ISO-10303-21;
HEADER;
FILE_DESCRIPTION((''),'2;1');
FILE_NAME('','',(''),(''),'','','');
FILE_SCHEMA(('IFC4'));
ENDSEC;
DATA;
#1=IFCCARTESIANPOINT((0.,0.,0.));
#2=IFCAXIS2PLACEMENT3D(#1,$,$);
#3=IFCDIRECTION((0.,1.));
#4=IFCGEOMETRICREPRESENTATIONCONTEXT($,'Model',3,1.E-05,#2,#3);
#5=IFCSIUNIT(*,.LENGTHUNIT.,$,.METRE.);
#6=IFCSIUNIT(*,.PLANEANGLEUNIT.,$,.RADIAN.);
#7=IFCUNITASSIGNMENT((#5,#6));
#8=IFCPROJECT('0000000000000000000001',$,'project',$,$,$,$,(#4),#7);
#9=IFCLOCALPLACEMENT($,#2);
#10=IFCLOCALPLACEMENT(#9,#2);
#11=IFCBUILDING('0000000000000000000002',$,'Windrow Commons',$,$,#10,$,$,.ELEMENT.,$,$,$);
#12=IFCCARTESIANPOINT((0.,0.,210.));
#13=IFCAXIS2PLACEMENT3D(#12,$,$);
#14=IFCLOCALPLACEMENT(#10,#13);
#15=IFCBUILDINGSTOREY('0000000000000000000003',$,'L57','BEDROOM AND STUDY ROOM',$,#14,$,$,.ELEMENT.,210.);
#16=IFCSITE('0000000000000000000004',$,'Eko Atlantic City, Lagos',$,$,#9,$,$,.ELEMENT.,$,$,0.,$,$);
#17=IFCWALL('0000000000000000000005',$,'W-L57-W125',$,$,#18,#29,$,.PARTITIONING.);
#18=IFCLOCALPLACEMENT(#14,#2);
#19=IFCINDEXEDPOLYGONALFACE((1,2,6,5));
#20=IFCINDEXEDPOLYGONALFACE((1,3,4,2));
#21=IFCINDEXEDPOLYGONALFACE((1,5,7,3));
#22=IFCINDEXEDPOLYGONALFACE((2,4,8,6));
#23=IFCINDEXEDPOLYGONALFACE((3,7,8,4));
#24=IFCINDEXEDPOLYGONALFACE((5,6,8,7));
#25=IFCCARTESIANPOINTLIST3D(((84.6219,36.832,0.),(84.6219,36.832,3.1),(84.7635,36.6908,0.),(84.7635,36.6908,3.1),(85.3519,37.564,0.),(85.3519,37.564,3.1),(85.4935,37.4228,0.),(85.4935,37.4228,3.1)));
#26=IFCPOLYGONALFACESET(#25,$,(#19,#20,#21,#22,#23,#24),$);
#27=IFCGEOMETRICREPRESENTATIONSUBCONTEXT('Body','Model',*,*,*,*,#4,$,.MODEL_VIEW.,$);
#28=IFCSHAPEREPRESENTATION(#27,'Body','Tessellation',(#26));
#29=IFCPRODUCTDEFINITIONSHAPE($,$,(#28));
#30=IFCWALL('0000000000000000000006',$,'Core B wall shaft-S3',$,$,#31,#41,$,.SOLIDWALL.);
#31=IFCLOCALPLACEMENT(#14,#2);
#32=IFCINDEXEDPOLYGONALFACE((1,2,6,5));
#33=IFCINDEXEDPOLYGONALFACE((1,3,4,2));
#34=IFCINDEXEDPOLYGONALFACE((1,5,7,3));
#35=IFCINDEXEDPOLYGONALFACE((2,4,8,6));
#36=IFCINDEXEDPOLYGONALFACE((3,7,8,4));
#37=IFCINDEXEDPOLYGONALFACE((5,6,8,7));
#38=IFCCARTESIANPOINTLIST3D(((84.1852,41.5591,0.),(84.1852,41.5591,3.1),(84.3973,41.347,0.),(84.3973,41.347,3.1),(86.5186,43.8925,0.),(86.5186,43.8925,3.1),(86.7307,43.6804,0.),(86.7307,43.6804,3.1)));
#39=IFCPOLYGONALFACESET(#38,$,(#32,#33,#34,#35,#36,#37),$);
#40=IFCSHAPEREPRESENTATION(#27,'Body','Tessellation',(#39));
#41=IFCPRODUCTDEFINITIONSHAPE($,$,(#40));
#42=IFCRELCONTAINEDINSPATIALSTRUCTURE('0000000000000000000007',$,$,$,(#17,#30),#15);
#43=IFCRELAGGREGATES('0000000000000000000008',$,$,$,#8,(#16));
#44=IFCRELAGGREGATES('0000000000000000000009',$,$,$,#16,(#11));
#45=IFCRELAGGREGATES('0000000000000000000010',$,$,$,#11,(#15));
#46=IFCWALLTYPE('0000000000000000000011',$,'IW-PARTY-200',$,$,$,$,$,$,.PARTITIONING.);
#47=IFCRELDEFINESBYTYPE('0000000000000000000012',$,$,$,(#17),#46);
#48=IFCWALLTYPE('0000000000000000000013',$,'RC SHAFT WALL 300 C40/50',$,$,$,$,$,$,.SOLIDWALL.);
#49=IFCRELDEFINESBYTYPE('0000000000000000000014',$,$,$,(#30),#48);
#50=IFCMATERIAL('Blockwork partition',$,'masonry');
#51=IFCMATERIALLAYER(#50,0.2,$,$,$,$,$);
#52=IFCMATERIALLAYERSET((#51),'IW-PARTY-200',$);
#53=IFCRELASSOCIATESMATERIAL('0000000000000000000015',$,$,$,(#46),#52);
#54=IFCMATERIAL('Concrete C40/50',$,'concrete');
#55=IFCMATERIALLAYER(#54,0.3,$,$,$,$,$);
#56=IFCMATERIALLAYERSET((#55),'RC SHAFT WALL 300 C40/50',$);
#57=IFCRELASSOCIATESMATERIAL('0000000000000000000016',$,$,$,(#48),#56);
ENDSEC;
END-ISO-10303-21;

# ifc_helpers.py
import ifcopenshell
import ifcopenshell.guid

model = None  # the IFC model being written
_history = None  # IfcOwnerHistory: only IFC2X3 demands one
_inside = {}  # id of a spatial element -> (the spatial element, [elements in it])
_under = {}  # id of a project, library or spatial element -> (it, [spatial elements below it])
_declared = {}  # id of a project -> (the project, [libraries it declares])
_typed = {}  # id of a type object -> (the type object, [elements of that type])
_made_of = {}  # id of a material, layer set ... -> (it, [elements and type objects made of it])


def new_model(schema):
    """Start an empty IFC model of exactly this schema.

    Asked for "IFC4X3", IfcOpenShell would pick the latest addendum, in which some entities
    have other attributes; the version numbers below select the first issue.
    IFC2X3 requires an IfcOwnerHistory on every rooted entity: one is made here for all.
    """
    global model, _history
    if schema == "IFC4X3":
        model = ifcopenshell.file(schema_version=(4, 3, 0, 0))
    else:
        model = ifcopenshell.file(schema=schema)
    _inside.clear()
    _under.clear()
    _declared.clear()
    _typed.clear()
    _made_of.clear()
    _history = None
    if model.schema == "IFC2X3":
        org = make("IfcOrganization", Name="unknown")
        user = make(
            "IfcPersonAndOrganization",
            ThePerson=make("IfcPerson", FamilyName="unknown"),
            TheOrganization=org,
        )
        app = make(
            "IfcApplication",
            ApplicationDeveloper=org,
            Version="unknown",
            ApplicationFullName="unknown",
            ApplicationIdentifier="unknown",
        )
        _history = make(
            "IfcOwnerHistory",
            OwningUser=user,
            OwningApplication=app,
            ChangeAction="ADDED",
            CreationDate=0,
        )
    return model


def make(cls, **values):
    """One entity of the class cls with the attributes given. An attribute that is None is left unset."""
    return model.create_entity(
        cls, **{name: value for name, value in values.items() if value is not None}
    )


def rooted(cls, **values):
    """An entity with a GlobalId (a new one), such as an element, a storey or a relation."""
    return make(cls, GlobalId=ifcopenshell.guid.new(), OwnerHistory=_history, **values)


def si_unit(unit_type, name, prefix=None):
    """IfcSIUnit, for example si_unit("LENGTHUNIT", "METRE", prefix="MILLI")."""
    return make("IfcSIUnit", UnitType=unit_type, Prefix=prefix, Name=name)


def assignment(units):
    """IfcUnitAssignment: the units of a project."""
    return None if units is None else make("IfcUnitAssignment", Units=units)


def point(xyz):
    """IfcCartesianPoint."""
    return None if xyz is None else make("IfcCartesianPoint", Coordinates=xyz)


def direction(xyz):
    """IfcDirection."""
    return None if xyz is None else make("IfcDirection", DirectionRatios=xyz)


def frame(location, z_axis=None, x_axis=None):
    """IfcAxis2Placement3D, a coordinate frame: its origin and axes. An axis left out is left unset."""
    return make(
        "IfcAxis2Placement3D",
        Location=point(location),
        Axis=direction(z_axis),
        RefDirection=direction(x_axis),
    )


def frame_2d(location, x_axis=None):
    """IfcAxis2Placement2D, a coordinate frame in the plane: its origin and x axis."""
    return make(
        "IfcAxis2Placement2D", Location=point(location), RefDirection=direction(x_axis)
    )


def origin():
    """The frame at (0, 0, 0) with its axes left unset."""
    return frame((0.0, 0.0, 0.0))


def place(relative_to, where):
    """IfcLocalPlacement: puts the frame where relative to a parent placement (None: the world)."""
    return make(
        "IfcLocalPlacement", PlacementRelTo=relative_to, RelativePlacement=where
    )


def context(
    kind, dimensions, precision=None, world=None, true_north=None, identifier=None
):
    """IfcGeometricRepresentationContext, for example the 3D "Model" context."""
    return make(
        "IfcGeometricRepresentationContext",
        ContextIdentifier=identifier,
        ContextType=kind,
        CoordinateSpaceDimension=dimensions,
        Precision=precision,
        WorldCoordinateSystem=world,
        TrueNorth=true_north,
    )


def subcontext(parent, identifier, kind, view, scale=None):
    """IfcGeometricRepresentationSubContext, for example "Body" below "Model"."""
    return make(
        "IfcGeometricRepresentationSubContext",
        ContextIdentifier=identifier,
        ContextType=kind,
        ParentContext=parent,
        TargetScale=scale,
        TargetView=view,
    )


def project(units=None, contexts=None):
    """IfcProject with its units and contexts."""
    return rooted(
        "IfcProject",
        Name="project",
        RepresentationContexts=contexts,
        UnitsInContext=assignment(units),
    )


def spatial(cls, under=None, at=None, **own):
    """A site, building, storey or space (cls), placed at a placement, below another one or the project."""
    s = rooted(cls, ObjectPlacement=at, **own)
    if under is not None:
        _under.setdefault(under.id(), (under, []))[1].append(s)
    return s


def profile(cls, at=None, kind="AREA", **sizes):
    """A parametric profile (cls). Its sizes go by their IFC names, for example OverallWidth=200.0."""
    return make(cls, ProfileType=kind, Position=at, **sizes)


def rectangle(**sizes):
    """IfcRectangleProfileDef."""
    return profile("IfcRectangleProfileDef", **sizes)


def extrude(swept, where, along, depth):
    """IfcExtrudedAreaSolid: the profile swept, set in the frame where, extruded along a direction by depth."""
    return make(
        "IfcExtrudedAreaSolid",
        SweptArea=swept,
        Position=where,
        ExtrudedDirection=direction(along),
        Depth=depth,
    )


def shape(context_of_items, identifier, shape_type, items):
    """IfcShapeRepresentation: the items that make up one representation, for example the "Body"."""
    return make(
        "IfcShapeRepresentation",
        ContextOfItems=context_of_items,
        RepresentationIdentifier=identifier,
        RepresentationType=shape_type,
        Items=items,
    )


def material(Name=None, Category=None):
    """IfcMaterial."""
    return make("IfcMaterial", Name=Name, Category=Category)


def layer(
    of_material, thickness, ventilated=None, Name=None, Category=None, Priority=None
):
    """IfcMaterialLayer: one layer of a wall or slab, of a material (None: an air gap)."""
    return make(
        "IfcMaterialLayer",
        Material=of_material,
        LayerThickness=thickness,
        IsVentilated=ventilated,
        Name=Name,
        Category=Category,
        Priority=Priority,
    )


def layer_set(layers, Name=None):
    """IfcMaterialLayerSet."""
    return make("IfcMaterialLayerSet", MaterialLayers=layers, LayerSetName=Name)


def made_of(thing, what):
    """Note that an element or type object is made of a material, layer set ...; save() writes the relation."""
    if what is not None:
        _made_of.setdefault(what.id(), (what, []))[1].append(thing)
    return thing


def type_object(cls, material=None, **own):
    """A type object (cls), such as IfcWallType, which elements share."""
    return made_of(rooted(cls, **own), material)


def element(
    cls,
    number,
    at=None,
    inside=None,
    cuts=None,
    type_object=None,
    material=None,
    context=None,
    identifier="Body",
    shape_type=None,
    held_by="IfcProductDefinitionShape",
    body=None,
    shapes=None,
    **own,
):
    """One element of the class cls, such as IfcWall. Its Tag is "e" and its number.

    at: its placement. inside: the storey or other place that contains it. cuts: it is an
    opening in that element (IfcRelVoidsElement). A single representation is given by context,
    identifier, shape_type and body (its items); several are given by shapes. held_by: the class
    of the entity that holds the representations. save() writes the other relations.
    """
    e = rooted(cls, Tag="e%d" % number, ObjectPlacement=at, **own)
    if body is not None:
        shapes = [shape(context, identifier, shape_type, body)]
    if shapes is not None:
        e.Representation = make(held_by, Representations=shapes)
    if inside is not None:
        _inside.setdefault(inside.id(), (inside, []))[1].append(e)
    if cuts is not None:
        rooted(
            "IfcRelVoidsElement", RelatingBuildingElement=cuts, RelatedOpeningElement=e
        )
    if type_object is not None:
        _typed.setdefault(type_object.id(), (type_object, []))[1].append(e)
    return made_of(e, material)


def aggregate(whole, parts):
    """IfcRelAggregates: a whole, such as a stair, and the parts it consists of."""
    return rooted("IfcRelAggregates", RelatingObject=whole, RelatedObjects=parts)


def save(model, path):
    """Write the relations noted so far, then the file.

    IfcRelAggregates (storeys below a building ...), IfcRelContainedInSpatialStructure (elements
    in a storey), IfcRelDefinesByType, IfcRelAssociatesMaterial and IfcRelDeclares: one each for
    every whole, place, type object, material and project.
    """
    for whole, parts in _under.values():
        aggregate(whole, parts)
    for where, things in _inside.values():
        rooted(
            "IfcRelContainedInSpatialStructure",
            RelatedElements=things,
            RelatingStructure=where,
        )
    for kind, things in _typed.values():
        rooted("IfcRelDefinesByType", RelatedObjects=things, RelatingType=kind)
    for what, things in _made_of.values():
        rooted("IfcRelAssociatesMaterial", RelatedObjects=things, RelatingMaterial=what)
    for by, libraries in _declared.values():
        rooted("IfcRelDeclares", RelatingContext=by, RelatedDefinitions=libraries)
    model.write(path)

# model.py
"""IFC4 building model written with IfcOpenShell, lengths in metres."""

from ifc_helpers import new_model, si_unit, direction, frame, frame_2d, origin, place, context, subcontext, project, spatial, rectangle, extrude, material, layer, layer_set, type_object, element, save


model = new_model("IFC4")

# Units and contexts
model_context = context("Model", 3, precision=1e-05, world=origin(), true_north=direction((0.0, 1.0)))
body_context = subcontext(model_context, "Body", "Model", "MODEL_VIEW")
ifc_project = project(units=[si_unit("LENGTHUNIT", "METRE"), si_unit("PLANEANGLEUNIT", "RADIAN")], contexts=[model_context])

# Site, building, storey
site_placement = place(None, origin())
site = spatial("IfcSite", under=ifc_project, at=site_placement, Name="Eko Atlantic City, Lagos", CompositionType="ELEMENT", RefElevation=0.0)
building_placement = place(site_placement, origin())
building = spatial("IfcBuilding", under=site, at=building_placement, Name="Windrow Commons", CompositionType="ELEMENT")
storey_placement = place(building_placement, frame((0.0, 0.0, 210.0)))
storey = spatial("IfcBuildingStorey", under=building, at=storey_placement, Name="L57", Description="BEDROOM AND STUDY ROOM", CompositionType="ELEMENT", Elevation=210.0)

# Walls
ifc_material_1 = material(Name="Blockwork partition", Category="masonry")
ifc_layer_1 = layer(ifc_material_1, 0.2)
ifc_layer_set_1 = layer_set([ifc_layer_1], Name="IW-PARTY-200")
wall_type_1 = type_object("IfcWallType", Name="IW-PARTY-200", PredefinedType="PARTITIONING", material=ifc_layer_set_1)
wall_1_placement = place(storey_placement, frame((84.6927, 36.7614, 0.0), z_axis=(0.0, 0.0, 1.0), x_axis=(0.706139, 0.708073, 0.0)))
element("IfcWall", 1, at=wall_1_placement, inside=storey, type_object=wall_type_1, Name="W-L57-W125", PredefinedType="PARTITIONING", context=body_context, shape_type="SweptSolid", body=[
    extrude(rectangle(XDim=1.0338, YDim=0.2, at=frame_2d((0.5169, 0.0))), origin(), (0.0, 0.0, 1.0), 3.1),
])
ifc_material_2 = material(Name="Concrete C40/50", Category="concrete")
ifc_layer_2 = layer(ifc_material_2, 0.3)
ifc_layer_set_2 = layer_set([ifc_layer_2], Name="RC SHAFT WALL 300 C40/50")
wall_type_2 = type_object("IfcWallType", Name="RC SHAFT WALL 300 C40/50", PredefinedType="SOLIDWALL", material=ifc_layer_set_2)
wall_2_placement = place(storey_placement, frame((84.2912, 41.453, 0.0), z_axis=(0.0, 0.0, 1.0), x_axis=(0.707107, 0.707107, 0.0)))
element("IfcWall", 2, at=wall_2_placement, inside=storey, type_object=wall_type_2, Name="Core B wall shaft-S3", PredefinedType="SOLIDWALL", context=body_context, shape_type="SweptSolid", body=[
    extrude(rectangle(XDim=3.2999, YDim=0.3, at=frame_2d((1.65, 0.0))), origin(), (0.0, 0.0, 1.0), 3.1),
])

save(model, "model.ifc")
